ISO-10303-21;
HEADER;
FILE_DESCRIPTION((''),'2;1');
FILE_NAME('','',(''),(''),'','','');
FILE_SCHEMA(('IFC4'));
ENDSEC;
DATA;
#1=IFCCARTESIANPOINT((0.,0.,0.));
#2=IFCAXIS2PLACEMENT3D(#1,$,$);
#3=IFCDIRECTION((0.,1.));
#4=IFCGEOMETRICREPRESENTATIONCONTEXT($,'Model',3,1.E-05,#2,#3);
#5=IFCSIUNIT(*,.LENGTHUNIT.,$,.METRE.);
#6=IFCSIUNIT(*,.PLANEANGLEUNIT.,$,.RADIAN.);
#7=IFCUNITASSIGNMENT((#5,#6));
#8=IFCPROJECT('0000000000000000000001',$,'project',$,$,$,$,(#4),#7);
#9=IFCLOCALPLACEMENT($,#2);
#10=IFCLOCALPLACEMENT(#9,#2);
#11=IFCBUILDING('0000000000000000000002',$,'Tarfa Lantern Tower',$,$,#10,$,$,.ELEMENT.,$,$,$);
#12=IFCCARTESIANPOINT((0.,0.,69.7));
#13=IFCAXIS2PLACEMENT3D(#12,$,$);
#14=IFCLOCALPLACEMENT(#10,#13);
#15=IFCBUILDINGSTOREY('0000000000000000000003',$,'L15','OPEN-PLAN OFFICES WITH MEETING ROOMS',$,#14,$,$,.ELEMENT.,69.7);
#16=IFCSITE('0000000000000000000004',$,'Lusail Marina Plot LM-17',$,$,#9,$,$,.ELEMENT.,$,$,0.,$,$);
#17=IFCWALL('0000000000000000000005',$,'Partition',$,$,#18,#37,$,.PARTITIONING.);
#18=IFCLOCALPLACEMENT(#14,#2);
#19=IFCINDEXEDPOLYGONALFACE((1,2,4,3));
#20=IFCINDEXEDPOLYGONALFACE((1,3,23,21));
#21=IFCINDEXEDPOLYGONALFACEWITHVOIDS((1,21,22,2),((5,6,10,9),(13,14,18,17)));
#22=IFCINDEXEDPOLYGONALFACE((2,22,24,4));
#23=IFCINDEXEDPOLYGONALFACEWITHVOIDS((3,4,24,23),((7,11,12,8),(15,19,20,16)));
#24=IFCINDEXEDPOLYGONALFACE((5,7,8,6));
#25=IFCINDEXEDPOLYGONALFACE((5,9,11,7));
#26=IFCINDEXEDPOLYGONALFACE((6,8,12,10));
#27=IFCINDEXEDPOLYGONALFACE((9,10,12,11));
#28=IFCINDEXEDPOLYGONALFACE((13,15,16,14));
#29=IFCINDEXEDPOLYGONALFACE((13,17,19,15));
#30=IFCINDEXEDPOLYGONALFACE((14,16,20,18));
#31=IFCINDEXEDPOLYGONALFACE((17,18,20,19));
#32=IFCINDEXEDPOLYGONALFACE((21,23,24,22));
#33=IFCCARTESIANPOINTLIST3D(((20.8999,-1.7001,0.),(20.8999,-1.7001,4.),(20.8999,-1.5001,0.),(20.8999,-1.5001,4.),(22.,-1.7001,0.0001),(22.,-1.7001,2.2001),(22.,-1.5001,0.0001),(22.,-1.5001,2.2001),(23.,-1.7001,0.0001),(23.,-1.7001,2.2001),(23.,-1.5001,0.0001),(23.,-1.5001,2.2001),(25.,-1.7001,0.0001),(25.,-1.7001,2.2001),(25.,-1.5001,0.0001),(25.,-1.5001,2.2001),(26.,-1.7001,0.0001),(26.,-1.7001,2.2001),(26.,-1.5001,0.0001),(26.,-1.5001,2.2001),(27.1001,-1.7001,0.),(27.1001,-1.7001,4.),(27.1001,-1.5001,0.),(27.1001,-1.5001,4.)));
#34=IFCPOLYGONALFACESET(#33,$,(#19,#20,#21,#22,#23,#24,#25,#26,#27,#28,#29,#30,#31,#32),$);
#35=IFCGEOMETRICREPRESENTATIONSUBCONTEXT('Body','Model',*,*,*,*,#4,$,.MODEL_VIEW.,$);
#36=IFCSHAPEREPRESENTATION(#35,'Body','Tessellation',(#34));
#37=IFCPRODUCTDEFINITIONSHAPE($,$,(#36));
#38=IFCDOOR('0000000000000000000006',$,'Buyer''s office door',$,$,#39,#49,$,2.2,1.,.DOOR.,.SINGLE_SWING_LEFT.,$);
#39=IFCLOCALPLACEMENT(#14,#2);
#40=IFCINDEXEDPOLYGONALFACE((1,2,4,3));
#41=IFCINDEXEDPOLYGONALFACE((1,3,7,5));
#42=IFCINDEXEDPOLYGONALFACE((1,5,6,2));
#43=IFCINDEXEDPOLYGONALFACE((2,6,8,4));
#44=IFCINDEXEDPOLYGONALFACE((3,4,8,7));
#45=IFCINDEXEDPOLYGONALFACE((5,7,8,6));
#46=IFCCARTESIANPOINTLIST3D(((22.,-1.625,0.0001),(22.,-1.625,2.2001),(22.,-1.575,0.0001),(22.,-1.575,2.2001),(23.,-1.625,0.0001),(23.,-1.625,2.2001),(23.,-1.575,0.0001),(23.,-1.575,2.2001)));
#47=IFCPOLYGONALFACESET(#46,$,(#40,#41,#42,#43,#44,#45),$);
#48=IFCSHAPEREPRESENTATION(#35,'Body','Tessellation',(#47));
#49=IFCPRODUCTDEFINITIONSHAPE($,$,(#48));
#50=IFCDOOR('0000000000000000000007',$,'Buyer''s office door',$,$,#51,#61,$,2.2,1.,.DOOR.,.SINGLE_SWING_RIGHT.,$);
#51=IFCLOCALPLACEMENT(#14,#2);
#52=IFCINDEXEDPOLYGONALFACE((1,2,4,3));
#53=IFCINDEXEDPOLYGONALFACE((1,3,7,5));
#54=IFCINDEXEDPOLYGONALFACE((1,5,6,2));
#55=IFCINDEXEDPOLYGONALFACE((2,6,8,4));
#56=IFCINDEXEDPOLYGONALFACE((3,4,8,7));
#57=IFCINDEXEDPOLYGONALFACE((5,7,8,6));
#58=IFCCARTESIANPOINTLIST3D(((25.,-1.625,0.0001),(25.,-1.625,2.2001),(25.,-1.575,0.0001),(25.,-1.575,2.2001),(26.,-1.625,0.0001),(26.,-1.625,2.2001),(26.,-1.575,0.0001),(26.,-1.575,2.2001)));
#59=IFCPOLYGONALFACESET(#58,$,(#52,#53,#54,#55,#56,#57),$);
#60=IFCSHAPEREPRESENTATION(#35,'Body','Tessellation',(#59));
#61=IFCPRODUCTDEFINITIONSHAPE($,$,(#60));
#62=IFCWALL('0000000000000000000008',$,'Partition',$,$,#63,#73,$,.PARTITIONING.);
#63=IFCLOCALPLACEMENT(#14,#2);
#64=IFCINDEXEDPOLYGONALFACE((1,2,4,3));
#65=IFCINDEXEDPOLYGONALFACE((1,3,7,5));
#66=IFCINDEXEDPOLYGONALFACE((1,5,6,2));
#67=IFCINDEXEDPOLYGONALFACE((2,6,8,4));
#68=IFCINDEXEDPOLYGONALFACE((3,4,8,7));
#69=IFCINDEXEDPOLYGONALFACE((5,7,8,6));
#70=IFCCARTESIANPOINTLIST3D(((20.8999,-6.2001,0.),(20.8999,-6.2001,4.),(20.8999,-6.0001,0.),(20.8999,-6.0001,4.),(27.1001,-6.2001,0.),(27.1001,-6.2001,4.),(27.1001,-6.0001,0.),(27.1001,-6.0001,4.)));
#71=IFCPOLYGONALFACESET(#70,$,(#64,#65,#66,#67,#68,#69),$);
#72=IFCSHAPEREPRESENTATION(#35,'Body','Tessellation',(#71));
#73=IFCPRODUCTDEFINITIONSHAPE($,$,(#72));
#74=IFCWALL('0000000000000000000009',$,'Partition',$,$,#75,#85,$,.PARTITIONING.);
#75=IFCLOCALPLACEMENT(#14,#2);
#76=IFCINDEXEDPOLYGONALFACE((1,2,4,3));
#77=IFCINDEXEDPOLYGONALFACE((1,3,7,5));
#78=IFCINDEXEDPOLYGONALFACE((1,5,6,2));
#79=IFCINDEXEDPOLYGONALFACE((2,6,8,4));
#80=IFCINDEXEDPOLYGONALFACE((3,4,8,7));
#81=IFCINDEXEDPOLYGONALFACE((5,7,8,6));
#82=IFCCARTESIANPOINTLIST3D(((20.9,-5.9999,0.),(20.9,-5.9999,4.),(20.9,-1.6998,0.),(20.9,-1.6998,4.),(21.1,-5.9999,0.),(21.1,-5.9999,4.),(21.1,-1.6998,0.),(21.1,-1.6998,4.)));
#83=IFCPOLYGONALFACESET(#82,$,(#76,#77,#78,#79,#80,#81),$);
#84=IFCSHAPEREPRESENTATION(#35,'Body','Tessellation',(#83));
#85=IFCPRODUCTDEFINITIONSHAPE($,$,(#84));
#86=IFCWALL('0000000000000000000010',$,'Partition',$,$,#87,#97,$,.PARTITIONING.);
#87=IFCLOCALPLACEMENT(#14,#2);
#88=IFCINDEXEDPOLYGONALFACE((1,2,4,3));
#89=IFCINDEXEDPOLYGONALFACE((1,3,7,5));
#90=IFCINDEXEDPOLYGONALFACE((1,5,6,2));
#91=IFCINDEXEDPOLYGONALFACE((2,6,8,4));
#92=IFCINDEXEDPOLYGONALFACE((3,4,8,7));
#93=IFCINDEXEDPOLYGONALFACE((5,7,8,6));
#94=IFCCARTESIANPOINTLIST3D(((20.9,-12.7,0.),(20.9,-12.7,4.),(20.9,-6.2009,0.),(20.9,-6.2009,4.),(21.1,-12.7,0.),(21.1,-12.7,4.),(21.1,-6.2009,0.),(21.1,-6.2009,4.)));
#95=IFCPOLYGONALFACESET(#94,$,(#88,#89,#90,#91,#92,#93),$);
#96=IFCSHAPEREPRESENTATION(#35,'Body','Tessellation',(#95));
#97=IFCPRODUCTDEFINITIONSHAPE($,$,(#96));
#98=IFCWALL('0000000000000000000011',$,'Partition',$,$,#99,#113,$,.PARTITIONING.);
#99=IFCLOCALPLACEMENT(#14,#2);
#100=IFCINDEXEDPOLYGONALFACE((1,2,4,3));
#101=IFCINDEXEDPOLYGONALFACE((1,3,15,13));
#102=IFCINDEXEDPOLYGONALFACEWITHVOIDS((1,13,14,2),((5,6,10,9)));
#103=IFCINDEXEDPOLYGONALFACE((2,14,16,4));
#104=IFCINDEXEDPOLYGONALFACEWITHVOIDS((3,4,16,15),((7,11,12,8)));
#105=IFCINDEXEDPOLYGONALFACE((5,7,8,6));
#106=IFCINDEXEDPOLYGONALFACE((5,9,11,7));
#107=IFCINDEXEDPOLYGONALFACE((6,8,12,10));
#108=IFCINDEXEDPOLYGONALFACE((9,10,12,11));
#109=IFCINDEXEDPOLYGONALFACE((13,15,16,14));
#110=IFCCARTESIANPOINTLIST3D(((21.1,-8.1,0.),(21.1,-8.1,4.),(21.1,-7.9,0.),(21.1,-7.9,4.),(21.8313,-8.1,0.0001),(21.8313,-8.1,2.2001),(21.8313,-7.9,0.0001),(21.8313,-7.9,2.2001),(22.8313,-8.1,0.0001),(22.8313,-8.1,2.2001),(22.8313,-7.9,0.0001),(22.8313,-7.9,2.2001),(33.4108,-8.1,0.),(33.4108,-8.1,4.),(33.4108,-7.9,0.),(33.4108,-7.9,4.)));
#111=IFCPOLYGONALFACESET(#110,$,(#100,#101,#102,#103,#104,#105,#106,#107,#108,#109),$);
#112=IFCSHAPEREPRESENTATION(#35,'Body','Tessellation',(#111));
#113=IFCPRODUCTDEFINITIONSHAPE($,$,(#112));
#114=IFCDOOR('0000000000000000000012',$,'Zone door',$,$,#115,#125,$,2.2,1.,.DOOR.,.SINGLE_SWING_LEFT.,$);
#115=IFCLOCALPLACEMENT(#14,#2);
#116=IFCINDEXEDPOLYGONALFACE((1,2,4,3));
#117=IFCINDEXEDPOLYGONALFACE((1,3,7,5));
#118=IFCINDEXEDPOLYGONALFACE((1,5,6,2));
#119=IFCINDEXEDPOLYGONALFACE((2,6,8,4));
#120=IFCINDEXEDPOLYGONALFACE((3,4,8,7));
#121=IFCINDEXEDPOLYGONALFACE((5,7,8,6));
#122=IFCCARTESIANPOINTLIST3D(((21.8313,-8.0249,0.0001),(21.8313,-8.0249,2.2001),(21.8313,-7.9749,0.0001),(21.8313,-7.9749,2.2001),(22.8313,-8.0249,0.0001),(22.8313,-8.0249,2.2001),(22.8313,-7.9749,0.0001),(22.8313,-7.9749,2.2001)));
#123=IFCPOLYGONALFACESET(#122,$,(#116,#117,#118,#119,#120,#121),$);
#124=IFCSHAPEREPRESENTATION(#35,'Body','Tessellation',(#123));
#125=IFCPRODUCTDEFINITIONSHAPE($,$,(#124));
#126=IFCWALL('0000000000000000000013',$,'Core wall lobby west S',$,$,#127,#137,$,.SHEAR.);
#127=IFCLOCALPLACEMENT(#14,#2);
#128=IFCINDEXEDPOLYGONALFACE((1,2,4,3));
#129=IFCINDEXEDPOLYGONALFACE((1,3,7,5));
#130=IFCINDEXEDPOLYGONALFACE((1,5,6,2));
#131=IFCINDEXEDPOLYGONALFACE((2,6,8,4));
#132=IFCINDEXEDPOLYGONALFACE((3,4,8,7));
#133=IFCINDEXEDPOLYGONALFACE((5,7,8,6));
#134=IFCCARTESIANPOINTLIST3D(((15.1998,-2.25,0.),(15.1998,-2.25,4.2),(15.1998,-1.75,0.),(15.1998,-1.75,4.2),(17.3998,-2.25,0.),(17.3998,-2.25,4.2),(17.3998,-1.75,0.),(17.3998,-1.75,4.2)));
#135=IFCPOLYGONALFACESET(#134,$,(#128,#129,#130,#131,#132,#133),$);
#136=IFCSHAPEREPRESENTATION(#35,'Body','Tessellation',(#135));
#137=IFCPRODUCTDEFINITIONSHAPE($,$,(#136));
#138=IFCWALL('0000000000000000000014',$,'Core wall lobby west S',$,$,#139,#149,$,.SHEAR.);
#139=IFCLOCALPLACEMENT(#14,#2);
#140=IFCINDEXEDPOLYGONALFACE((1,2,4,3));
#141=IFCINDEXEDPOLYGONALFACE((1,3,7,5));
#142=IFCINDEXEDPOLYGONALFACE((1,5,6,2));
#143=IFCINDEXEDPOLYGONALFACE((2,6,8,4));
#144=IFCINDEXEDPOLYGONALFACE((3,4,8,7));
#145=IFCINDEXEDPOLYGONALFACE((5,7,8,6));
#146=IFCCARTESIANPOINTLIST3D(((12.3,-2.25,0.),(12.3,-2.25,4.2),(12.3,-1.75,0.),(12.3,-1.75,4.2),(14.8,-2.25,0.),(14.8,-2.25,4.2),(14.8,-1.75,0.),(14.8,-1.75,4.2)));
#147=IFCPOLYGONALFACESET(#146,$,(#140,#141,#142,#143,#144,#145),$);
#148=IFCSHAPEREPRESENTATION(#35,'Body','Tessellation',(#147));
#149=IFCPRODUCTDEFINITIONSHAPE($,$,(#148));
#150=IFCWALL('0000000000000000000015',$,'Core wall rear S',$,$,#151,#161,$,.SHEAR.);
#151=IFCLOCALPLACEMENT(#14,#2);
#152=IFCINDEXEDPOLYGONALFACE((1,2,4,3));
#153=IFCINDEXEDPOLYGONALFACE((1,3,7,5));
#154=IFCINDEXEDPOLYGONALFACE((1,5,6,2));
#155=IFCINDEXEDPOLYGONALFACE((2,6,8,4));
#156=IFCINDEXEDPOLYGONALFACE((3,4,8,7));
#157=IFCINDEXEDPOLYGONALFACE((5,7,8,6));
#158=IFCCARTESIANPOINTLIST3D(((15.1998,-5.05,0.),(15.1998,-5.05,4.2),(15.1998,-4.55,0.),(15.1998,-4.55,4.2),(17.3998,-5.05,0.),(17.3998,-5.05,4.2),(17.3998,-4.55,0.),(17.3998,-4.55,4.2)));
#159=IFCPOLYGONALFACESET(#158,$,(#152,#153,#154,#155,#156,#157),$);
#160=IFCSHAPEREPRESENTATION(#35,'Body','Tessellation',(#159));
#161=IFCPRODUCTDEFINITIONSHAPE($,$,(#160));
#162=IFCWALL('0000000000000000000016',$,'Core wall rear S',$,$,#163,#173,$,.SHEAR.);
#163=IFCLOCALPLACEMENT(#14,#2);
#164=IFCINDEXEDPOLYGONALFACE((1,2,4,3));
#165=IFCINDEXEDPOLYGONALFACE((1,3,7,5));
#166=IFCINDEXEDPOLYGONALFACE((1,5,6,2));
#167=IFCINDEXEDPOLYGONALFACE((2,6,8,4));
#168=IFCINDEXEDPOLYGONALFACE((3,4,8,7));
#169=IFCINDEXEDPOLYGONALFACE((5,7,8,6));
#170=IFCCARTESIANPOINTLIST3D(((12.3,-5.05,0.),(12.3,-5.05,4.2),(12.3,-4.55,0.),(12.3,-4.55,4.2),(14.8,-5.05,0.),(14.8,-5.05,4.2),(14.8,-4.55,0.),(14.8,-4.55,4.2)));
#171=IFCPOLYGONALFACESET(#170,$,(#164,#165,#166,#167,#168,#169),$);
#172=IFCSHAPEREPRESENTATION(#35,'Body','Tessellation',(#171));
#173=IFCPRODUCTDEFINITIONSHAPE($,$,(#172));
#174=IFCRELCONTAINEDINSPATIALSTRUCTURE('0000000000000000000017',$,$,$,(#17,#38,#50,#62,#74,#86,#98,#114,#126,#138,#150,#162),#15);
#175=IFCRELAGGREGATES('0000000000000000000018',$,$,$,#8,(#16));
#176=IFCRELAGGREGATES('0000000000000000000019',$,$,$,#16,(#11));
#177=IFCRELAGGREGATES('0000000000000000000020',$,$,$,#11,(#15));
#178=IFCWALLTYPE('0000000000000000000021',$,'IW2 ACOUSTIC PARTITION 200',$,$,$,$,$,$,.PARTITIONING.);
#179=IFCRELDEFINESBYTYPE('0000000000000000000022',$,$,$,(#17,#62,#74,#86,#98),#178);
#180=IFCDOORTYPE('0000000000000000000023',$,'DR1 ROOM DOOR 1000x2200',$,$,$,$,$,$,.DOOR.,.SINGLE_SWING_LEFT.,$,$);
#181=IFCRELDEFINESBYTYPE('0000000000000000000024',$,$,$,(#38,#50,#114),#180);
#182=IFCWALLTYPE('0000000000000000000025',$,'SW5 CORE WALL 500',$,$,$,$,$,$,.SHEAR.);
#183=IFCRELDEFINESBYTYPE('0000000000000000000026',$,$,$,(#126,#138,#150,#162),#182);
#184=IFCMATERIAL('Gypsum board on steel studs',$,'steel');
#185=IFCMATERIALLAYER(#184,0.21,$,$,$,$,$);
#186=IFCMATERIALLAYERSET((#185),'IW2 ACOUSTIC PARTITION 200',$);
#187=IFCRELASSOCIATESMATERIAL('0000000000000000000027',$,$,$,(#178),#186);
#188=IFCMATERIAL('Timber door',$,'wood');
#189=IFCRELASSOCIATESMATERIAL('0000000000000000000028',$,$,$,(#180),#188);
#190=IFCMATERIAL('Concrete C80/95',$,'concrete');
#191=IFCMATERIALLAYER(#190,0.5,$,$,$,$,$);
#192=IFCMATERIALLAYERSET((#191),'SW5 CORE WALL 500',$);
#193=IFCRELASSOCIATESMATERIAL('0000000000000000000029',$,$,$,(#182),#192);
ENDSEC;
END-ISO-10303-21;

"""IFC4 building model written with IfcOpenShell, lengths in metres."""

from ifc_helpers import new_model, si_unit, direction, frame, frame_2d, origin, place, context, subcontext, project, spatial, rectangle, extrude, material, layer, layer_set, type_object, element, fill, save


model = new_model("IFC4")

# Units and contexts
model_context = context("Model", 3, precision=1e-05, world=origin(), true_north=direction((0.0, 1.0)))
body_context = subcontext(model_context, "Body", "Model", "MODEL_VIEW")
ifc_project = project(units=[si_unit("LENGTHUNIT", "METRE"), si_unit("PLANEANGLEUNIT", "RADIAN")], contexts=[model_context])

# Site, building, storey
site_placement = place(None, origin())
site = spatial("IfcSite", under=ifc_project, at=site_placement, Name="Lusail Marina Plot LM-17", CompositionType="ELEMENT", RefElevation=0.0)
building_placement = place(site_placement, origin())
building = spatial("IfcBuilding", under=site, at=building_placement, Name="Tarfa Lantern Tower", CompositionType="ELEMENT")
storey_placement = place(building_placement, frame((0.0, 0.0, 69.7)))
storey = spatial("IfcBuildingStorey", under=building, at=storey_placement, Name="L15", Description="OPEN-PLAN OFFICES WITH MEETING ROOMS", CompositionType="ELEMENT", Elevation=69.7)

# Wall, openings, doors
ifc_material_1 = material(Name="Gypsum board on steel studs", Category="steel")
ifc_layer_1 = layer(ifc_material_1, 0.21)
ifc_layer_set_1 = layer_set([ifc_layer_1], Name="IW2 ACOUSTIC PARTITION 200")
wall_type_1 = type_object("IfcWallType", Name="IW2 ACOUSTIC PARTITION 200", PredefinedType="PARTITIONING", material=ifc_layer_set_1)
wall_1_placement = place(storey_placement, frame((20.8999, -1.6001, 0.0), z_axis=(0.0, 0.0, 1.0), x_axis=(1.0, 0.0, 0.0)))
wall_1 = element("IfcWall", 1, at=wall_1_placement, inside=storey, type_object=wall_type_1, Name="Partition", PredefinedType="PARTITIONING", context=body_context, shape_type="SweptSolid", body=[
    extrude(rectangle(XDim=6.2002, YDim=0.2, at=frame_2d((3.1001, 0.0))), origin(), (0.0, 0.0, 1.0), 4.0),
])
opening_1_placement = place(wall_1_placement, frame((1.1001, 0.0, 0.0)))
opening_1 = element("IfcOpeningElement", 2, at=opening_1_placement, cuts=wall_1, PredefinedType="OPENING", context=body_context, shape_type="SweptSolid", body=[
    extrude(rectangle(XDim=1.0, YDim=2.2, at=frame_2d((0.5, 1.1001))), frame((0.0, 0.1099, 0.0), z_axis=(0.0, -1.0, 0.0), x_axis=(1.0, 0.0, 0.0)), (0.0, 0.0, 1.0), 0.22),
])
opening_2_placement = place(wall_1_placement, frame((4.1001, 0.0, 0.0)))
opening_2 = element("IfcOpeningElement", 3, at=opening_2_placement, cuts=wall_1, PredefinedType="OPENING", context=body_context, shape_type="SweptSolid", body=[
    extrude(rectangle(XDim=1.0, YDim=2.2, at=frame_2d((0.5, 1.1001))), frame((0.0, 0.1099, 0.0), z_axis=(0.0, -1.0, 0.0), x_axis=(1.0, 0.0, 0.0)), (0.0, 0.0, 1.0), 0.22),
])
ifc_material_2 = material(Name="Timber door", Category="wood")
door_type_1 = type_object("IfcDoorType", Name="DR1 ROOM DOOR 1000x2200", OperationType="SINGLE_SWING_LEFT", PredefinedType="DOOR", material=ifc_material_2)
door_1_placement = place(opening_1_placement, frame((1.0, 0.0, 0.0), z_axis=(0.0, 0.0, 1.0), x_axis=(-1.0, 0.0, 0.0)))
door_1 = element("IfcDoor", 4, at=door_1_placement, inside=storey, type_object=door_type_1, Name="Buyer's office door", OperationType="SINGLE_SWING_LEFT", OverallHeight=2.2, OverallWidth=1.0, PredefinedType="DOOR", context=body_context, shape_type="SweptSolid", body=[
    extrude(rectangle(XDim=1.0, YDim=2.2, at=frame_2d((0.5, 1.1001))), frame((0.0, 0.0249, 0.0), z_axis=(0.0, -1.0, 0.0), x_axis=(1.0, 0.0, 0.0)), (0.0, 0.0, 1.0), 0.05),
])
fill(opening_1, door_1)
door_2_placement = place(opening_2_placement, frame((1.0, 0.0, 0.0), z_axis=(0.0, 0.0, 1.0), x_axis=(-1.0, 0.0, 0.0)))
door_2 = element("IfcDoor", 5, at=door_2_placement, inside=storey, type_object=door_type_1, Name="Buyer's office door", OperationType="SINGLE_SWING_RIGHT", OverallHeight=2.2, OverallWidth=1.0, PredefinedType="DOOR", context=body_context, shape_type="SweptSolid", body=[
    extrude(rectangle(XDim=1.0, YDim=2.2, at=frame_2d((0.5, 1.1001))), frame((0.0, 0.0249, 0.0), z_axis=(0.0, -1.0, 0.0), x_axis=(1.0, 0.0, 0.0)), (0.0, 0.0, 1.0), 0.05),
])
fill(opening_2, door_2)

# Walls
wall_2_placement = place(storey_placement, frame((20.8999, -6.1001, 0.0), z_axis=(0.0, 0.0, 1.0), x_axis=(1.0, 0.0, 0.0)))
element("IfcWall", 6, at=wall_2_placement, inside=storey, type_object=wall_type_1, Name="Partition", PredefinedType="PARTITIONING", context=body_context, shape_type="SweptSolid", body=[
    extrude(rectangle(XDim=6.2002, YDim=0.2, at=frame_2d((3.1001, 0.0))), origin(), (0.0, 0.0, 1.0), 4.0),
])
wall_3_placement = place(storey_placement, frame((21.0, -1.7, 0.0), z_axis=(0.0, 0.0, 1.0), x_axis=(0.0, -1.0, 0.0)))
element("IfcWall", 7, at=wall_3_placement, inside=storey, type_object=wall_type_1, Name="Partition", PredefinedType="PARTITIONING", context=body_context, shape_type="SweptSolid", body=[
    extrude(rectangle(XDim=4.3, YDim=0.2, at=frame_2d((2.1499, 0.0))), origin(), (0.0, 0.0, 1.0), 4.0),
])
wall_4_placement = place(storey_placement, frame((21.0, -6.2009, 0.0), z_axis=(0.0, 0.0, 1.0), x_axis=(0.0, -1.0, 0.0)))
element("IfcWall", 8, at=wall_4_placement, inside=storey, type_object=wall_type_1, Name="Partition", PredefinedType="PARTITIONING", context=body_context, shape_type="SweptSolid", body=[
    extrude(rectangle(XDim=6.499, YDim=0.2, at=frame_2d((3.2495, 0.0))), origin(), (0.0, 0.0, 1.0), 4.0),
])

# Wall, opening, door
wall_5_placement = place(storey_placement, frame((21.1001, -8.0, 0.0), z_axis=(0.0, 0.0, 1.0), x_axis=(1.0, 0.0, 0.0)))
wall_5 = element("IfcWall", 9, at=wall_5_placement, inside=storey, type_object=wall_type_1, Name="Partition", PredefinedType="PARTITIONING", context=body_context, shape_type="SweptSolid", body=[
    extrude(rectangle(XDim=12.3108, YDim=0.2, at=frame_2d((6.1553, 0.0))), origin(), (0.0, 0.0, 1.0), 4.0),
])
opening_3_placement = place(wall_5_placement, frame((0.7312, 0.0, 0.0)))
opening_3 = element("IfcOpeningElement", 10, at=opening_3_placement, cuts=wall_5, PredefinedType="OPENING", context=body_context, shape_type="SweptSolid", body=[
    extrude(rectangle(XDim=1.0, YDim=2.2, at=frame_2d((0.5, 1.1001))), frame((0.0, 0.1099, 0.0), z_axis=(0.0, -1.0, 0.0), x_axis=(1.0, 0.0, 0.0)), (0.0, 0.0, 1.0), 0.22),
])
door_3_placement = place(opening_3_placement, frame((1.0, 0.0, 0.0), z_axis=(0.0, 0.0, 1.0), x_axis=(-1.0, 0.0, 0.0)))
door_3 = element("IfcDoor", 11, at=door_3_placement, inside=storey, type_object=door_type_1, Name="Zone door", OperationType="SINGLE_SWING_LEFT", OverallHeight=2.2, OverallWidth=1.0, PredefinedType="DOOR", context=body_context, shape_type="SweptSolid", body=[
    extrude(rectangle(XDim=1.0, YDim=2.2, at=frame_2d((0.5, 1.1001))), frame((0.0, 0.0249, 0.0), z_axis=(0.0, -1.0, 0.0), x_axis=(1.0, 0.0, 0.0)), (0.0, 0.0, 1.0), 0.05),
])
fill(opening_3, door_3)
ifc_material_3 = material(Name="Concrete C80/95", Category="concrete")

# Walls
ifc_layer_2 = layer(ifc_material_3, 0.5)
ifc_layer_set_2 = layer_set([ifc_layer_2], Name="SW5 CORE WALL 500")
wall_type_2 = type_object("IfcWallType", Name="SW5 CORE WALL 500", PredefinedType="SHEAR", material=ifc_layer_set_2)
wall_6_placement = place(storey_placement, frame((17.3999, -2.0, 0.0), z_axis=(0.0, 0.0, 1.0), x_axis=(-1.0, 0.0, 0.0)))
element("IfcWall", 12, at=wall_6_placement, inside=storey, type_object=wall_type_2, Name="Core wall lobby west S", PredefinedType="SHEAR", context=body_context, shape_type="SweptSolid", body=[
    extrude(rectangle(XDim=2.2, YDim=0.5, at=frame_2d((1.1001, 0.0))), origin(), (0.0, 0.0, 1.0), 4.2),
])
wall_7_placement = place(storey_placement, frame((14.8, -2.0, 0.0), z_axis=(0.0, 0.0, 1.0), x_axis=(-1.0, 0.0, 0.0)))
element("IfcWall", 13, at=wall_7_placement, inside=storey, type_object=wall_type_2, Name="Core wall lobby west S", PredefinedType="SHEAR", context=body_context, shape_type="SweptSolid", body=[
    extrude(rectangle(XDim=2.5, YDim=0.5, at=frame_2d((1.25, 0.0))), origin(), (0.0, 0.0, 1.0), 4.2),
])
wall_8_placement = place(storey_placement, frame((17.3999, -4.8, 0.0), z_axis=(0.0, 0.0, 1.0), x_axis=(-1.0, 0.0, 0.0)))
element("IfcWall", 14, at=wall_8_placement, inside=storey, type_object=wall_type_2, Name="Core wall rear S", PredefinedType="SHEAR", context=body_context, shape_type="SweptSolid", body=[
    extrude(rectangle(XDim=2.2, YDim=0.5, at=frame_2d((1.1001, 0.0))), origin(), (0.0, 0.0, 1.0), 4.2),
])
wall_9_placement = place(storey_placement, frame((14.8, -4.8, 0.0), z_axis=(0.0, 0.0, 1.0), x_axis=(-1.0, 0.0, 0.0)))
element("IfcWall", 15, at=wall_9_placement, inside=storey, type_object=wall_type_2, Name="Core wall rear S", PredefinedType="SHEAR", context=body_context, shape_type="SweptSolid", body=[
    extrude(rectangle(XDim=2.5, YDim=0.5, at=frame_2d((1.25, 0.0))), origin(), (0.0, 0.0, 1.0), 4.2),
])

save(model, "model.ifc")
